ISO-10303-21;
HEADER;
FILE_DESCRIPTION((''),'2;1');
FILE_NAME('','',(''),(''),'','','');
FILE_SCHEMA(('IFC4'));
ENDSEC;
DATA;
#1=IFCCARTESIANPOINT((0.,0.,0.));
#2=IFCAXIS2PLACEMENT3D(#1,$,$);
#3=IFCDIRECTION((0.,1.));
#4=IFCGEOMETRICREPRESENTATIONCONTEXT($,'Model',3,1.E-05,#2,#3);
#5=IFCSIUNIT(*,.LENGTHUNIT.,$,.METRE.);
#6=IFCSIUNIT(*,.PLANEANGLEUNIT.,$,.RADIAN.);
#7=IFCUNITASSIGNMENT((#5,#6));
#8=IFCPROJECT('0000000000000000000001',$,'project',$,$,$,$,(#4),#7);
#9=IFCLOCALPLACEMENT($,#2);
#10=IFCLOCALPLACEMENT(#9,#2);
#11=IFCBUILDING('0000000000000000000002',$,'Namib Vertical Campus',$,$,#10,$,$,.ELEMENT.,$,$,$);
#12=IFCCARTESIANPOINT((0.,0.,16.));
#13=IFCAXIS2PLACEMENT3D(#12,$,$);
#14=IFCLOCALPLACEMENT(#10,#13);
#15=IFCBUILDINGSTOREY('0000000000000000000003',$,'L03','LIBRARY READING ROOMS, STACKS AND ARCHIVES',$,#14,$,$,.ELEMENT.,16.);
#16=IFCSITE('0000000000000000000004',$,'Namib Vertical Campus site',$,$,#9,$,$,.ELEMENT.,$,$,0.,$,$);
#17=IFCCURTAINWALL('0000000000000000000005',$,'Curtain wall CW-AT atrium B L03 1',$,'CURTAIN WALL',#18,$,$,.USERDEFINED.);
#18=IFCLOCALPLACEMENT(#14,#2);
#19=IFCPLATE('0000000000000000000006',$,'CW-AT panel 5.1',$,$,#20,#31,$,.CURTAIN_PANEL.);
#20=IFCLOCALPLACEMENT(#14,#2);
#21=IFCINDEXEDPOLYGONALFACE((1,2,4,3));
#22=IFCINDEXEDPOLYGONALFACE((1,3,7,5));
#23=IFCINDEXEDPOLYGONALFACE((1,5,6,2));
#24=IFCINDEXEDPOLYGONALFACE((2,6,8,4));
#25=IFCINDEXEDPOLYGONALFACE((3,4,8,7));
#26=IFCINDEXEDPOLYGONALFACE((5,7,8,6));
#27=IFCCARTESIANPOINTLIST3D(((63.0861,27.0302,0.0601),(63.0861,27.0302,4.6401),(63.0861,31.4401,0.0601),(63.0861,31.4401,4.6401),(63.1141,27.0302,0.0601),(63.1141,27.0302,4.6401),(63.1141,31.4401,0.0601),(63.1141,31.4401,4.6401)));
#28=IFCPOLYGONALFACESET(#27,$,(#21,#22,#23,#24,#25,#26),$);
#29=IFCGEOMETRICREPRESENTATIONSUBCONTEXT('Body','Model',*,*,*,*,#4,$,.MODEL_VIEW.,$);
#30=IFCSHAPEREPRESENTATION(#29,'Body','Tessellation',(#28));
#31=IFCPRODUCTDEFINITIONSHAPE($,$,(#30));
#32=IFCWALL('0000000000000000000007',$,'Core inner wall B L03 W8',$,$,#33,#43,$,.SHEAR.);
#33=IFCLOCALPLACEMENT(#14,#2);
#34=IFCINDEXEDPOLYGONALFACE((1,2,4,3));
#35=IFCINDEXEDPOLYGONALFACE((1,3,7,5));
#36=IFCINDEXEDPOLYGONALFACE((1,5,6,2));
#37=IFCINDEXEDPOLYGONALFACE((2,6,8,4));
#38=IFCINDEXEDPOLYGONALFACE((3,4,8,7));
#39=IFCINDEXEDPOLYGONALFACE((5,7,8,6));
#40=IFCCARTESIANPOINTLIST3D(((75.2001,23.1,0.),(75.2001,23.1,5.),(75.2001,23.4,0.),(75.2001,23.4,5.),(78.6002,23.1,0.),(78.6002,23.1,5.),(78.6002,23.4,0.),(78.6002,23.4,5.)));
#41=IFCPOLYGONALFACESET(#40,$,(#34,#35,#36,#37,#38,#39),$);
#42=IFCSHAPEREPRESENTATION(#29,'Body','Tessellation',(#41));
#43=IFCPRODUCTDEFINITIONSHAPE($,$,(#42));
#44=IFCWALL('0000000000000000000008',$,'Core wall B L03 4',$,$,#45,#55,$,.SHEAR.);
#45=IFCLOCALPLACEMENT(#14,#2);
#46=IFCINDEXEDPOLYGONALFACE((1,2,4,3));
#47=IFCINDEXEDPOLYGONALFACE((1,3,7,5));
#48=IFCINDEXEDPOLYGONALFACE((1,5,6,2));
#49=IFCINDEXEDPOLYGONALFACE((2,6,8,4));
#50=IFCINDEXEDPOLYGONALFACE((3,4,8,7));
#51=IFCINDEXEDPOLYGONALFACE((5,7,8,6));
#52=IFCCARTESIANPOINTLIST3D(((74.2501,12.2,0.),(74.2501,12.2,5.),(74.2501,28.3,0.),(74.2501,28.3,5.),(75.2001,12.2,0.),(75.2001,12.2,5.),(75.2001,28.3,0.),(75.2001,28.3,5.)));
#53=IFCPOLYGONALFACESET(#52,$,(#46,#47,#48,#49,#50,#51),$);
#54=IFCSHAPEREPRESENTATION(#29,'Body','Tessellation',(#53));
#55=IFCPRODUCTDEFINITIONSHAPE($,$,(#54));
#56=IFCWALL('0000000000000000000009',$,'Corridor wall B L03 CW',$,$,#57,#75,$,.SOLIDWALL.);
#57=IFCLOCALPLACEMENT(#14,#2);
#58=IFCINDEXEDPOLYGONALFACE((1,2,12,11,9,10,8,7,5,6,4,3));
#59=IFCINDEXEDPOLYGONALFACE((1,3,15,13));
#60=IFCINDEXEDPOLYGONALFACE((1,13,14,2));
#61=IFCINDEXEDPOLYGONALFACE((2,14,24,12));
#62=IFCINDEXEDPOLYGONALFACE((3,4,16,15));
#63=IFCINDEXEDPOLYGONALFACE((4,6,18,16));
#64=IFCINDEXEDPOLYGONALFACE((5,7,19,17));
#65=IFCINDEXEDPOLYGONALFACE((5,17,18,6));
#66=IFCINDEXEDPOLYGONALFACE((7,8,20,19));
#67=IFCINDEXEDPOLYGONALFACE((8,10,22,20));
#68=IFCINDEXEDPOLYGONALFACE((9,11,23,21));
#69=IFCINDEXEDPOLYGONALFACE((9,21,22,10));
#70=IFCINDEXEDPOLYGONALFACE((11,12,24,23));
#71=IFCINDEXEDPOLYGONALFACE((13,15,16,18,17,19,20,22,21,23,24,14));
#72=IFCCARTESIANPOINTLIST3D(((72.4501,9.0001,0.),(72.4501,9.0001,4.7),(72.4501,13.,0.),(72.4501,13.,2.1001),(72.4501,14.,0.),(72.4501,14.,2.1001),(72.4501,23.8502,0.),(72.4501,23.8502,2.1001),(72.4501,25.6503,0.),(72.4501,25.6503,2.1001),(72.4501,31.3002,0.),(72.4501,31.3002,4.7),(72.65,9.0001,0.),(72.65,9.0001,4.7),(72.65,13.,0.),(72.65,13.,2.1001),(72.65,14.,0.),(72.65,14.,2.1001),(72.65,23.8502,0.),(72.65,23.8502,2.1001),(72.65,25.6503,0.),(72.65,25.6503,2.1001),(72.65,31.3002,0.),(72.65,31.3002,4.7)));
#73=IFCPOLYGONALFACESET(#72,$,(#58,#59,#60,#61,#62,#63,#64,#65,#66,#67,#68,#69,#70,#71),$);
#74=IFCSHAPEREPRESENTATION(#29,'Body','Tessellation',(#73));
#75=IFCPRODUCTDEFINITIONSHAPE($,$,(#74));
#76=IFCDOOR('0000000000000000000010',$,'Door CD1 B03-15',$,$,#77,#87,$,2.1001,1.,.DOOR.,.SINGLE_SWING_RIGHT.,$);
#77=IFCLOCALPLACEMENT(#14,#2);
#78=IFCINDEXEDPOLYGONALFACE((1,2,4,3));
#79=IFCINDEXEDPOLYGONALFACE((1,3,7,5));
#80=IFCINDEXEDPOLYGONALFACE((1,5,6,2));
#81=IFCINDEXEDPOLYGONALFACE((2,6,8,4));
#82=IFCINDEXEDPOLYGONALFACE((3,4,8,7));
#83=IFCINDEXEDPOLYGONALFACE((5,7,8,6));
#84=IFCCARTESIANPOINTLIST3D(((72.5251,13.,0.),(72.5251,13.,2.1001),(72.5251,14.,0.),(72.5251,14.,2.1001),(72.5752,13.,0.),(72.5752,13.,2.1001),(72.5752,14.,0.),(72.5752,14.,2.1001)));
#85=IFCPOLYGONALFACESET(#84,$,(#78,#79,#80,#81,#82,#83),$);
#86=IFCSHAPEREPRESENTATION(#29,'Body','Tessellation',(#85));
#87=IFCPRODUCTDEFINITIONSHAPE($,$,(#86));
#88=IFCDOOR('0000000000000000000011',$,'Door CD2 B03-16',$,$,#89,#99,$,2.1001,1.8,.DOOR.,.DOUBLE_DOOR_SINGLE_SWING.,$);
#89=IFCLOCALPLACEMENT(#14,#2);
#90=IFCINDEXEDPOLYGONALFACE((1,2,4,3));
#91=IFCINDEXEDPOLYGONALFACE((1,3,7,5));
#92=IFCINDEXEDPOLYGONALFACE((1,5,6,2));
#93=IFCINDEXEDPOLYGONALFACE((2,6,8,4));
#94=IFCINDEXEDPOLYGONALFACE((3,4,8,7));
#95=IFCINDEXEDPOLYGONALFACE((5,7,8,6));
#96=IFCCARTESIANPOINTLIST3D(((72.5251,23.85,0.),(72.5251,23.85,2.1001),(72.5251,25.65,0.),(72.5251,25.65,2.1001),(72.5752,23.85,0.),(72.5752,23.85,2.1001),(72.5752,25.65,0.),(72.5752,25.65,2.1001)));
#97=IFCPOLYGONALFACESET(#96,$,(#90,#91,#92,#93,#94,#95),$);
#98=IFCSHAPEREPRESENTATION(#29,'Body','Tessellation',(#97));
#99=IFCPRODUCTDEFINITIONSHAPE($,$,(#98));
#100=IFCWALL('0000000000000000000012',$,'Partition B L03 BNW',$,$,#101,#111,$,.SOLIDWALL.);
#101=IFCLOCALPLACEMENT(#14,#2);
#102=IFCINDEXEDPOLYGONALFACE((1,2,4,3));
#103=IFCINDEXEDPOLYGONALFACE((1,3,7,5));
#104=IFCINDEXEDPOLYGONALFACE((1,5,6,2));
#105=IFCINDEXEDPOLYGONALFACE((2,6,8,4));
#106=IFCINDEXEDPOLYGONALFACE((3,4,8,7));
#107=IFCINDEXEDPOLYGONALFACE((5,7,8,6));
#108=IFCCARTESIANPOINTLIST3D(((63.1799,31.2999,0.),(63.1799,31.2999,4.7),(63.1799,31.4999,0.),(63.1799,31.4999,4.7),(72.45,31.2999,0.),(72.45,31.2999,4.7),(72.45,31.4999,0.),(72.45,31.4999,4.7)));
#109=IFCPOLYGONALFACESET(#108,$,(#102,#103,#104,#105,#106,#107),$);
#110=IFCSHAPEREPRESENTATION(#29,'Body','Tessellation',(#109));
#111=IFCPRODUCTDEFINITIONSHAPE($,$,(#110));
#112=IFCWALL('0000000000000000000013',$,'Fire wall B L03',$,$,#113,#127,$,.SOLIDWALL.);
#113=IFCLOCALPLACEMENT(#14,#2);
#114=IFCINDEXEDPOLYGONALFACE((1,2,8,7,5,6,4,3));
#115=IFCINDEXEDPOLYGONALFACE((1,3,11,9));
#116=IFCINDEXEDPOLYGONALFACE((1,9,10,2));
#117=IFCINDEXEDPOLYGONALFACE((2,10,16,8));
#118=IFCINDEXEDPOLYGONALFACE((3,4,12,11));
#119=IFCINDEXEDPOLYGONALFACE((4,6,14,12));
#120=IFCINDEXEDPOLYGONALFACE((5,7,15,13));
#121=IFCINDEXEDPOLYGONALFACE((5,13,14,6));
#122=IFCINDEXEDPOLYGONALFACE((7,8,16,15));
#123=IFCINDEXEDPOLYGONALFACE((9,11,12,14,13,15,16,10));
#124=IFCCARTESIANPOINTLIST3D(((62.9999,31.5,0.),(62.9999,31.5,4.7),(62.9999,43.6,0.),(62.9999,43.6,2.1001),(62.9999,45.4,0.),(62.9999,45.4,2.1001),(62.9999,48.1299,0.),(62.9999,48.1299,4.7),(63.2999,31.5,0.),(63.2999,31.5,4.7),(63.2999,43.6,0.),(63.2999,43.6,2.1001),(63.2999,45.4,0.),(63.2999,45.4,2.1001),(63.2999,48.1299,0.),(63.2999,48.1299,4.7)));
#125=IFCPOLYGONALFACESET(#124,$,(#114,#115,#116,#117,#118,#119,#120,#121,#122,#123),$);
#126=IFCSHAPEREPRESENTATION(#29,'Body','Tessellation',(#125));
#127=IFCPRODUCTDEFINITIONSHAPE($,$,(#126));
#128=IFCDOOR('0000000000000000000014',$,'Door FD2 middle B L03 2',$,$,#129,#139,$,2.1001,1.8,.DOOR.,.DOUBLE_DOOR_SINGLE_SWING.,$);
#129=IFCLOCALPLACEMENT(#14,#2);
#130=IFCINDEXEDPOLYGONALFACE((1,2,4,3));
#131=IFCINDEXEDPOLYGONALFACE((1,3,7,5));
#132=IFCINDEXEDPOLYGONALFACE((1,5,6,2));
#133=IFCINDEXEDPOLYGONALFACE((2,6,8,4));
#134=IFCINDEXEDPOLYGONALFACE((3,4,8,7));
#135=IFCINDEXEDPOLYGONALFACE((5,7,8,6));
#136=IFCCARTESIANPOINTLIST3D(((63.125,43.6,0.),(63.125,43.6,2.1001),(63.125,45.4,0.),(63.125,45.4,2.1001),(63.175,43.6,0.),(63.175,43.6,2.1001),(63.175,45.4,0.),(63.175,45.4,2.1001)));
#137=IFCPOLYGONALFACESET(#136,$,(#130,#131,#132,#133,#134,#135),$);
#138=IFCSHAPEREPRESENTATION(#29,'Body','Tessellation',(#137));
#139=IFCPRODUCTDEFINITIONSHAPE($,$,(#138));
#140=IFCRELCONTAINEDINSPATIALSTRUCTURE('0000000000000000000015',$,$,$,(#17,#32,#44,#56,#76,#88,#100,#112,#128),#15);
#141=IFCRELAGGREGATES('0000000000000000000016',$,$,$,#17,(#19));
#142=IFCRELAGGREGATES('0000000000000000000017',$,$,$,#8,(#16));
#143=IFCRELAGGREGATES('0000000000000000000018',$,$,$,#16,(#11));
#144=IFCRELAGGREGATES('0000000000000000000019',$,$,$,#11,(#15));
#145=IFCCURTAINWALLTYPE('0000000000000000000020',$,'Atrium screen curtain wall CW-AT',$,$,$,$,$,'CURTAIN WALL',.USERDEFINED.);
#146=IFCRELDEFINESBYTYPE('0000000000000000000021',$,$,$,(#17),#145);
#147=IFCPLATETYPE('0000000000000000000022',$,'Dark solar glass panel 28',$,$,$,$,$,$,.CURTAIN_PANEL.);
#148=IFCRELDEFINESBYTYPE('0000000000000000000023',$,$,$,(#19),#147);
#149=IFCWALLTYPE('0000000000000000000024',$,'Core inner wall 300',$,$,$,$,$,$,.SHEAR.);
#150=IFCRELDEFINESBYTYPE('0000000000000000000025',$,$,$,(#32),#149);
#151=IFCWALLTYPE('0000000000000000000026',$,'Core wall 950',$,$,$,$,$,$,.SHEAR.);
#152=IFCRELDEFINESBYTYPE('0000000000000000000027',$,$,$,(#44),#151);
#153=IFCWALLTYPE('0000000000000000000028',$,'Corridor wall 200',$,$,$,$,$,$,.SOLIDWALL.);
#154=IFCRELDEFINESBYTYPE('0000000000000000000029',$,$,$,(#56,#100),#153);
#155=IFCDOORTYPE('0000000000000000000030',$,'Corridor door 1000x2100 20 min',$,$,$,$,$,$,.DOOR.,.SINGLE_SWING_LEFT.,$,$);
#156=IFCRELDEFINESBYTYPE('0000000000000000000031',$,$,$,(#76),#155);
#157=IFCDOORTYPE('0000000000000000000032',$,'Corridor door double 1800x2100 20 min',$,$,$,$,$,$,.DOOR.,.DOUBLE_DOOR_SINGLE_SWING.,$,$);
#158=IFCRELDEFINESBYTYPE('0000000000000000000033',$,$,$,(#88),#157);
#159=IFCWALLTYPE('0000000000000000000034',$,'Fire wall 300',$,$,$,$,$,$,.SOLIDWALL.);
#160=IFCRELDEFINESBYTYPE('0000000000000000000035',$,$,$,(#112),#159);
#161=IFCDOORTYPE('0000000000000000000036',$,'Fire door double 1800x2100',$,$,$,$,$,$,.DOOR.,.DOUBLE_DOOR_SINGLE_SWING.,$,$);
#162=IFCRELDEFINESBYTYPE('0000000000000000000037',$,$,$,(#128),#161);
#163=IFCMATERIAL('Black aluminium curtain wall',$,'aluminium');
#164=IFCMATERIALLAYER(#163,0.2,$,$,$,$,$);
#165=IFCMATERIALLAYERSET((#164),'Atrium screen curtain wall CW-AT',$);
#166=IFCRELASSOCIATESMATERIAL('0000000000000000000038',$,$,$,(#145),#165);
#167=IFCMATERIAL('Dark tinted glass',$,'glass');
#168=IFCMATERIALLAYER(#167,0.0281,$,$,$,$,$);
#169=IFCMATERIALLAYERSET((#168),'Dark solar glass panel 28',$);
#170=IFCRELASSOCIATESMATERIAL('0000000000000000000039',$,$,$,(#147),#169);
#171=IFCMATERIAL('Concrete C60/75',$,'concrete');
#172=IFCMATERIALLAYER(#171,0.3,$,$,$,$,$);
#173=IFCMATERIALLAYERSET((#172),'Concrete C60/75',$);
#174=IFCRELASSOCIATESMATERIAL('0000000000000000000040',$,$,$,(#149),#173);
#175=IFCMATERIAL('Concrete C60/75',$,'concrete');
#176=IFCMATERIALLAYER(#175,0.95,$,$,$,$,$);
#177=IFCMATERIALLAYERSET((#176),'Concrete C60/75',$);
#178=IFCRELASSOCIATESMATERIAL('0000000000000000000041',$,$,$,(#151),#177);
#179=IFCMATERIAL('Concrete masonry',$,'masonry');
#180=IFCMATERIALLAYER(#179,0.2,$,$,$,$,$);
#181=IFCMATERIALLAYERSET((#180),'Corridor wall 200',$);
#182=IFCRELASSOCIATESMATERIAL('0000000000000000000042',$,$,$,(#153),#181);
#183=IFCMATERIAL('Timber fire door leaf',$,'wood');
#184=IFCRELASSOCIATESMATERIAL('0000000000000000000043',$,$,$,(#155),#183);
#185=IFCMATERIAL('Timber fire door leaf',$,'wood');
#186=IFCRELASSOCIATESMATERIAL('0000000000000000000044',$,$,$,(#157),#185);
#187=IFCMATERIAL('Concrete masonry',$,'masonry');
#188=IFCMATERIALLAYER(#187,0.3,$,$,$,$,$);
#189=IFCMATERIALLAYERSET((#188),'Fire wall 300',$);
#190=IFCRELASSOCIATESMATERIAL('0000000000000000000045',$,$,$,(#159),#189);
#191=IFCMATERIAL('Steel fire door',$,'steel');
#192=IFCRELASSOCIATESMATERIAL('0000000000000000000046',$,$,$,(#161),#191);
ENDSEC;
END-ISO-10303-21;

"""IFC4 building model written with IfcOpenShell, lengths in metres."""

from ifc_helpers import new_model, si_unit, direction, frame, frame_2d, origin, origin_2d, place, context, subcontext, project, spatial, rectangle, extrude, material, layer, layer_set, type_object, element, fill, aggregate, save


model = new_model("IFC4")

# Units and contexts
model_context = context("Model", 3, precision=1e-05, world=origin(), true_north=direction((0.0, 1.0)))
body_context = subcontext(model_context, "Body", "Model", "MODEL_VIEW")
ifc_project = project(units=[si_unit("LENGTHUNIT", "METRE"), si_unit("PLANEANGLEUNIT", "RADIAN")], contexts=[model_context])

# Site, building, storey
site_placement = place(None, origin())
site = spatial("IfcSite", under=ifc_project, at=site_placement, Name="Namib Vertical Campus site", CompositionType="ELEMENT", RefElevation=0.0)
building_placement = place(site_placement, origin())
building = spatial("IfcBuilding", under=site, at=building_placement, Name="Namib Vertical Campus", CompositionType="ELEMENT")
storey_placement = place(building_placement, frame((0.0, 0.0, 16.0)))
storey = spatial("IfcBuildingStorey", under=building, at=storey_placement, Name="L03", Description="LIBRARY READING ROOMS, STACKS AND ARCHIVES", CompositionType="ELEMENT", Elevation=16.0)

# Curtain wall
ifc_material_1 = material(Name="Black aluminium curtain wall", Category="aluminium")
ifc_layer_1 = layer(ifc_material_1, 0.2)
ifc_layer_set_1 = layer_set([ifc_layer_1], Name="Atrium screen curtain wall CW-AT")
curtain_wall_type = type_object("IfcCurtainWallType", Name="Atrium screen curtain wall CW-AT", ElementType="CURTAIN WALL", PredefinedType="USERDEFINED", material=ifc_layer_set_1)
curtain_wall_placement = place(storey_placement, origin())
curtain_wall = element("IfcCurtainWall", 1, at=curtain_wall_placement, inside=storey, type_object=curtain_wall_type, Name="Curtain wall CW-AT atrium B L03 1", ObjectType="CURTAIN WALL", PredefinedType="USERDEFINED")

# Plate
ifc_material_2 = material(Name="Dark tinted glass", Category="glass")
ifc_layer_2 = layer(ifc_material_2, 0.0281)
ifc_layer_set_2 = layer_set([ifc_layer_2], Name="Dark solar glass panel 28")
plate_type = type_object("IfcPlateType", Name="Dark solar glass panel 28", PredefinedType="CURTAIN_PANEL", material=ifc_layer_set_2)
plate_placement = place(storey_placement, frame((63.1001, 29.2351, 0.0601), z_axis=(0.0, 0.0, 1.0), x_axis=(0.0, 1.0, 0.0)))
plate = element("IfcPlate", 2, at=plate_placement, type_object=plate_type, Name="CW-AT panel 5.1", PredefinedType="CURTAIN_PANEL", context=body_context, shape_type="SweptSolid", body=[
    extrude(rectangle(XDim=4.4099, YDim=0.0281, at=origin_2d()), origin(), (0.0, 0.0, 1.0), 4.5801),
])
aggregate(curtain_wall, [plate])

# Walls
ifc_material_3 = material(Name="Concrete C60/75", Category="concrete")
ifc_layer_3 = layer(ifc_material_3, 0.3)
ifc_layer_set_3 = layer_set([ifc_layer_3], Name="Concrete C60/75")
wall_type_1 = type_object("IfcWallType", Name="Core inner wall 300", PredefinedType="SHEAR", material=ifc_layer_set_3)
wall_1_placement = place(storey_placement, frame((75.2, 23.25, 0.0), z_axis=(0.0, 0.0, 1.0), x_axis=(1.0, 0.0, 0.0)))
element("IfcWall", 3, at=wall_1_placement, inside=storey, type_object=wall_type_1, Name="Core inner wall B L03 W8", PredefinedType="SHEAR", context=body_context, shape_type="SweptSolid", body=[
    extrude(rectangle(XDim=3.4001, YDim=0.3, at=frame_2d((1.7002, 0.0))), origin(), (0.0, 0.0, 1.0), 5.0),
])
ifc_material_4 = material(Name="Concrete C60/75", Category="concrete")
ifc_layer_4 = layer(ifc_material_4, 0.95)
ifc_layer_set_4 = layer_set([ifc_layer_4], Name="Concrete C60/75")
wall_type_2 = type_object("IfcWallType", Name="Core wall 950", PredefinedType="SHEAR", material=ifc_layer_set_4)
wall_2_placement = place(storey_placement, frame((74.7251, 28.3, 0.0), z_axis=(0.0, 0.0, 1.0), x_axis=(0.0, -1.0, 0.0)))
element("IfcWall", 4, at=wall_2_placement, inside=storey, type_object=wall_type_2, Name="Core wall B L03 4", PredefinedType="SHEAR", context=body_context, shape_type="SweptSolid", body=[
    extrude(rectangle(XDim=16.1001, YDim=0.95, at=frame_2d((8.05, 0.0))), origin(), (0.0, 0.0, 1.0), 5.0),
])

# Wall, openings, doors
ifc_material_5 = material(Name="Concrete masonry", Category="masonry")
ifc_layer_5 = layer(ifc_material_5, 0.2)
ifc_layer_set_5 = layer_set([ifc_layer_5], Name="Corridor wall 200")
wall_type_3 = type_object("IfcWallType", Name="Corridor wall 200", PredefinedType="SOLIDWALL", material=ifc_layer_set_5)
wall_3_placement = place(storey_placement, frame((72.55, 31.3, 0.0), z_axis=(0.0, 0.0, 1.0), x_axis=(0.0, -1.0, 0.0)))
wall_3 = element("IfcWall", 5, at=wall_3_placement, inside=storey, type_object=wall_type_3, Name="Corridor wall B L03 CW", PredefinedType="SOLIDWALL", context=body_context, shape_type="SweptSolid", body=[
    extrude(rectangle(XDim=22.3, YDim=0.2, at=frame_2d((11.1499, 0.0))), origin(), (0.0, 0.0, 1.0), 4.7),
])
opening_1_placement = place(wall_3_placement, frame((17.3, 0.0, 0.0)))
opening_1 = element("IfcOpeningElement", 6, at=opening_1_placement, cuts=wall_3, PredefinedType="OPENING", context=body_context, shape_type="SweptSolid", body=[
    extrude(rectangle(XDim=1.0, YDim=2.1001, at=frame_2d((0.5, 1.05))), frame((0.0, 0.1099, 0.0), z_axis=(0.0, -1.0, 0.0), x_axis=(1.0, 0.0, 0.0)), (0.0, 0.0, 1.0), 0.22),
])
opening_2_placement = place(wall_3_placement, frame((5.6499, 0.0, 0.0)))
opening_2 = element("IfcOpeningElement", 7, at=opening_2_placement, cuts=wall_3, PredefinedType="OPENING", context=body_context, shape_type="SweptSolid", body=[
    extrude(rectangle(XDim=1.8, YDim=2.1001, at=frame_2d((0.8999, 1.05))), frame((0.0, 0.1099, 0.0), z_axis=(0.0, -1.0, 0.0), x_axis=(1.0, 0.0, 0.0)), (0.0, 0.0, 1.0), 0.22),
])
ifc_material_6 = material(Name="Timber fire door leaf", Category="wood")
door_type_1 = type_object("IfcDoorType", Name="Corridor door 1000x2100 20 min", OperationType="SINGLE_SWING_LEFT", PredefinedType="DOOR", material=ifc_material_6)
door_1_placement = place(opening_1_placement, frame((1.0, 0.0, 0.0), z_axis=(0.0, 0.0, 1.0), x_axis=(-1.0, 0.0, 0.0)))
door_1 = element("IfcDoor", 8, at=door_1_placement, inside=storey, type_object=door_type_1, Name="Door CD1 B03-15", OperationType="SINGLE_SWING_RIGHT", OverallHeight=2.1001, OverallWidth=1.0, PredefinedType="DOOR", context=body_context, shape_type="SweptSolid", body=[
    extrude(rectangle(XDim=1.0, YDim=2.1001, at=frame_2d((0.5, 1.05))), frame((0.0, 0.0249, 0.0), z_axis=(0.0, -1.0, 0.0), x_axis=(1.0, 0.0, 0.0)), (0.0, 0.0, 1.0), 0.05),
])
fill(opening_1, door_1)
ifc_material_7 = material(Name="Timber fire door leaf", Category="wood")
door_type_2 = type_object("IfcDoorType", Name="Corridor door double 1800x2100 20 min", OperationType="DOUBLE_DOOR_SINGLE_SWING", PredefinedType="DOOR", material=ifc_material_7)
door_2_placement = place(opening_2_placement, frame((1.8, 0.0, 0.0), z_axis=(0.0, 0.0, 1.0), x_axis=(-1.0, 0.0, 0.0)))
door_2 = element("IfcDoor", 9, at=door_2_placement, inside=storey, type_object=door_type_2, Name="Door CD2 B03-16", OperationType="DOUBLE_DOOR_SINGLE_SWING", OverallHeight=2.1001, OverallWidth=1.8, PredefinedType="DOOR", context=body_context, shape_type="SweptSolid", body=[
    extrude(rectangle(XDim=1.8, YDim=2.1001, at=frame_2d((0.8999, 1.05))), frame((0.0, 0.0249, 0.0), z_axis=(0.0, -1.0, 0.0), x_axis=(1.0, 0.0, 0.0)), (0.0, 0.0, 1.0), 0.05),
])
fill(opening_2, door_2)

# Wall
wall_4_placement = place(storey_placement, frame((63.1799, 31.3999, 0.0), z_axis=(0.0, 0.0, 1.0), x_axis=(1.0, 0.0, 0.0)))
element("IfcWall", 10, at=wall_4_placement, inside=storey, type_object=wall_type_3, Name="Partition B L03 BNW", PredefinedType="SOLIDWALL", context=body_context, shape_type="SweptSolid", body=[
    extrude(rectangle(XDim=9.27, YDim=0.2, at=frame_2d((4.635, 0.0))), origin(), (0.0, 0.0, 1.0), 4.7),
])

# Wall, opening, door
ifc_material_8 = material(Name="Concrete masonry", Category="masonry")
ifc_layer_6 = layer(ifc_material_8, 0.3)
ifc_layer_set_6 = layer_set([ifc_layer_6], Name="Fire wall 300")
wall_type_4 = type_object("IfcWallType", Name="Fire wall 300", PredefinedType="SOLIDWALL", material=ifc_layer_set_6)
wall_5_placement = place(storey_placement, frame((63.1499, 31.5, 0.0), z_axis=(0.0, 0.0, 1.0), x_axis=(0.0, 1.0, 0.0)))
wall_5 = element("IfcWall", 11, at=wall_5_placement, inside=storey, type_object=wall_type_4, Name="Fire wall B L03", PredefinedType="SOLIDWALL", context=body_context, shape_type="SweptSolid", body=[
    extrude(rectangle(XDim=16.6299, YDim=0.3, at=frame_2d((8.3149, 0.0))), origin(), (0.0, 0.0, 1.0), 4.7),
])
opening_3_placement = place(wall_5_placement, frame((12.1001, 0.0, 0.0)))
opening_3 = element("IfcOpeningElement", 12, at=opening_3_placement, cuts=wall_5, PredefinedType="OPENING", context=body_context, shape_type="SweptSolid", body=[
    extrude(rectangle(XDim=1.8, YDim=2.1001, at=frame_2d((0.8999, 1.05))), frame((0.0, 0.1599, 0.0), z_axis=(0.0, -1.0, 0.0), x_axis=(1.0, 0.0, 0.0)), (0.0, 0.0, 1.0), 0.3201),
])
ifc_material_9 = material(Name="Steel fire door", Category="steel")
door_type_3 = type_object("IfcDoorType", Name="Fire door double 1800x2100", OperationType="DOUBLE_DOOR_SINGLE_SWING", PredefinedType="DOOR", material=ifc_material_9)
door_3_placement = place(opening_3_placement, origin())
door_3 = element("IfcDoor", 13, at=door_3_placement, inside=storey, type_object=door_type_3, Name="Door FD2 middle B L03 2", OperationType="DOUBLE_DOOR_SINGLE_SWING", OverallHeight=2.1001, OverallWidth=1.8, PredefinedType="DOOR", context=body_context, shape_type="SweptSolid", body=[
    extrude(rectangle(XDim=1.8, YDim=2.1001, at=frame_2d((0.8999, 1.05))), frame((0.0, 0.0249, 0.0), z_axis=(0.0, -1.0, 0.0), x_axis=(1.0, 0.0, 0.0)), (0.0, 0.0, 1.0), 0.05),
])
fill(opening_3, door_3)

save(model, "model.ifc")
